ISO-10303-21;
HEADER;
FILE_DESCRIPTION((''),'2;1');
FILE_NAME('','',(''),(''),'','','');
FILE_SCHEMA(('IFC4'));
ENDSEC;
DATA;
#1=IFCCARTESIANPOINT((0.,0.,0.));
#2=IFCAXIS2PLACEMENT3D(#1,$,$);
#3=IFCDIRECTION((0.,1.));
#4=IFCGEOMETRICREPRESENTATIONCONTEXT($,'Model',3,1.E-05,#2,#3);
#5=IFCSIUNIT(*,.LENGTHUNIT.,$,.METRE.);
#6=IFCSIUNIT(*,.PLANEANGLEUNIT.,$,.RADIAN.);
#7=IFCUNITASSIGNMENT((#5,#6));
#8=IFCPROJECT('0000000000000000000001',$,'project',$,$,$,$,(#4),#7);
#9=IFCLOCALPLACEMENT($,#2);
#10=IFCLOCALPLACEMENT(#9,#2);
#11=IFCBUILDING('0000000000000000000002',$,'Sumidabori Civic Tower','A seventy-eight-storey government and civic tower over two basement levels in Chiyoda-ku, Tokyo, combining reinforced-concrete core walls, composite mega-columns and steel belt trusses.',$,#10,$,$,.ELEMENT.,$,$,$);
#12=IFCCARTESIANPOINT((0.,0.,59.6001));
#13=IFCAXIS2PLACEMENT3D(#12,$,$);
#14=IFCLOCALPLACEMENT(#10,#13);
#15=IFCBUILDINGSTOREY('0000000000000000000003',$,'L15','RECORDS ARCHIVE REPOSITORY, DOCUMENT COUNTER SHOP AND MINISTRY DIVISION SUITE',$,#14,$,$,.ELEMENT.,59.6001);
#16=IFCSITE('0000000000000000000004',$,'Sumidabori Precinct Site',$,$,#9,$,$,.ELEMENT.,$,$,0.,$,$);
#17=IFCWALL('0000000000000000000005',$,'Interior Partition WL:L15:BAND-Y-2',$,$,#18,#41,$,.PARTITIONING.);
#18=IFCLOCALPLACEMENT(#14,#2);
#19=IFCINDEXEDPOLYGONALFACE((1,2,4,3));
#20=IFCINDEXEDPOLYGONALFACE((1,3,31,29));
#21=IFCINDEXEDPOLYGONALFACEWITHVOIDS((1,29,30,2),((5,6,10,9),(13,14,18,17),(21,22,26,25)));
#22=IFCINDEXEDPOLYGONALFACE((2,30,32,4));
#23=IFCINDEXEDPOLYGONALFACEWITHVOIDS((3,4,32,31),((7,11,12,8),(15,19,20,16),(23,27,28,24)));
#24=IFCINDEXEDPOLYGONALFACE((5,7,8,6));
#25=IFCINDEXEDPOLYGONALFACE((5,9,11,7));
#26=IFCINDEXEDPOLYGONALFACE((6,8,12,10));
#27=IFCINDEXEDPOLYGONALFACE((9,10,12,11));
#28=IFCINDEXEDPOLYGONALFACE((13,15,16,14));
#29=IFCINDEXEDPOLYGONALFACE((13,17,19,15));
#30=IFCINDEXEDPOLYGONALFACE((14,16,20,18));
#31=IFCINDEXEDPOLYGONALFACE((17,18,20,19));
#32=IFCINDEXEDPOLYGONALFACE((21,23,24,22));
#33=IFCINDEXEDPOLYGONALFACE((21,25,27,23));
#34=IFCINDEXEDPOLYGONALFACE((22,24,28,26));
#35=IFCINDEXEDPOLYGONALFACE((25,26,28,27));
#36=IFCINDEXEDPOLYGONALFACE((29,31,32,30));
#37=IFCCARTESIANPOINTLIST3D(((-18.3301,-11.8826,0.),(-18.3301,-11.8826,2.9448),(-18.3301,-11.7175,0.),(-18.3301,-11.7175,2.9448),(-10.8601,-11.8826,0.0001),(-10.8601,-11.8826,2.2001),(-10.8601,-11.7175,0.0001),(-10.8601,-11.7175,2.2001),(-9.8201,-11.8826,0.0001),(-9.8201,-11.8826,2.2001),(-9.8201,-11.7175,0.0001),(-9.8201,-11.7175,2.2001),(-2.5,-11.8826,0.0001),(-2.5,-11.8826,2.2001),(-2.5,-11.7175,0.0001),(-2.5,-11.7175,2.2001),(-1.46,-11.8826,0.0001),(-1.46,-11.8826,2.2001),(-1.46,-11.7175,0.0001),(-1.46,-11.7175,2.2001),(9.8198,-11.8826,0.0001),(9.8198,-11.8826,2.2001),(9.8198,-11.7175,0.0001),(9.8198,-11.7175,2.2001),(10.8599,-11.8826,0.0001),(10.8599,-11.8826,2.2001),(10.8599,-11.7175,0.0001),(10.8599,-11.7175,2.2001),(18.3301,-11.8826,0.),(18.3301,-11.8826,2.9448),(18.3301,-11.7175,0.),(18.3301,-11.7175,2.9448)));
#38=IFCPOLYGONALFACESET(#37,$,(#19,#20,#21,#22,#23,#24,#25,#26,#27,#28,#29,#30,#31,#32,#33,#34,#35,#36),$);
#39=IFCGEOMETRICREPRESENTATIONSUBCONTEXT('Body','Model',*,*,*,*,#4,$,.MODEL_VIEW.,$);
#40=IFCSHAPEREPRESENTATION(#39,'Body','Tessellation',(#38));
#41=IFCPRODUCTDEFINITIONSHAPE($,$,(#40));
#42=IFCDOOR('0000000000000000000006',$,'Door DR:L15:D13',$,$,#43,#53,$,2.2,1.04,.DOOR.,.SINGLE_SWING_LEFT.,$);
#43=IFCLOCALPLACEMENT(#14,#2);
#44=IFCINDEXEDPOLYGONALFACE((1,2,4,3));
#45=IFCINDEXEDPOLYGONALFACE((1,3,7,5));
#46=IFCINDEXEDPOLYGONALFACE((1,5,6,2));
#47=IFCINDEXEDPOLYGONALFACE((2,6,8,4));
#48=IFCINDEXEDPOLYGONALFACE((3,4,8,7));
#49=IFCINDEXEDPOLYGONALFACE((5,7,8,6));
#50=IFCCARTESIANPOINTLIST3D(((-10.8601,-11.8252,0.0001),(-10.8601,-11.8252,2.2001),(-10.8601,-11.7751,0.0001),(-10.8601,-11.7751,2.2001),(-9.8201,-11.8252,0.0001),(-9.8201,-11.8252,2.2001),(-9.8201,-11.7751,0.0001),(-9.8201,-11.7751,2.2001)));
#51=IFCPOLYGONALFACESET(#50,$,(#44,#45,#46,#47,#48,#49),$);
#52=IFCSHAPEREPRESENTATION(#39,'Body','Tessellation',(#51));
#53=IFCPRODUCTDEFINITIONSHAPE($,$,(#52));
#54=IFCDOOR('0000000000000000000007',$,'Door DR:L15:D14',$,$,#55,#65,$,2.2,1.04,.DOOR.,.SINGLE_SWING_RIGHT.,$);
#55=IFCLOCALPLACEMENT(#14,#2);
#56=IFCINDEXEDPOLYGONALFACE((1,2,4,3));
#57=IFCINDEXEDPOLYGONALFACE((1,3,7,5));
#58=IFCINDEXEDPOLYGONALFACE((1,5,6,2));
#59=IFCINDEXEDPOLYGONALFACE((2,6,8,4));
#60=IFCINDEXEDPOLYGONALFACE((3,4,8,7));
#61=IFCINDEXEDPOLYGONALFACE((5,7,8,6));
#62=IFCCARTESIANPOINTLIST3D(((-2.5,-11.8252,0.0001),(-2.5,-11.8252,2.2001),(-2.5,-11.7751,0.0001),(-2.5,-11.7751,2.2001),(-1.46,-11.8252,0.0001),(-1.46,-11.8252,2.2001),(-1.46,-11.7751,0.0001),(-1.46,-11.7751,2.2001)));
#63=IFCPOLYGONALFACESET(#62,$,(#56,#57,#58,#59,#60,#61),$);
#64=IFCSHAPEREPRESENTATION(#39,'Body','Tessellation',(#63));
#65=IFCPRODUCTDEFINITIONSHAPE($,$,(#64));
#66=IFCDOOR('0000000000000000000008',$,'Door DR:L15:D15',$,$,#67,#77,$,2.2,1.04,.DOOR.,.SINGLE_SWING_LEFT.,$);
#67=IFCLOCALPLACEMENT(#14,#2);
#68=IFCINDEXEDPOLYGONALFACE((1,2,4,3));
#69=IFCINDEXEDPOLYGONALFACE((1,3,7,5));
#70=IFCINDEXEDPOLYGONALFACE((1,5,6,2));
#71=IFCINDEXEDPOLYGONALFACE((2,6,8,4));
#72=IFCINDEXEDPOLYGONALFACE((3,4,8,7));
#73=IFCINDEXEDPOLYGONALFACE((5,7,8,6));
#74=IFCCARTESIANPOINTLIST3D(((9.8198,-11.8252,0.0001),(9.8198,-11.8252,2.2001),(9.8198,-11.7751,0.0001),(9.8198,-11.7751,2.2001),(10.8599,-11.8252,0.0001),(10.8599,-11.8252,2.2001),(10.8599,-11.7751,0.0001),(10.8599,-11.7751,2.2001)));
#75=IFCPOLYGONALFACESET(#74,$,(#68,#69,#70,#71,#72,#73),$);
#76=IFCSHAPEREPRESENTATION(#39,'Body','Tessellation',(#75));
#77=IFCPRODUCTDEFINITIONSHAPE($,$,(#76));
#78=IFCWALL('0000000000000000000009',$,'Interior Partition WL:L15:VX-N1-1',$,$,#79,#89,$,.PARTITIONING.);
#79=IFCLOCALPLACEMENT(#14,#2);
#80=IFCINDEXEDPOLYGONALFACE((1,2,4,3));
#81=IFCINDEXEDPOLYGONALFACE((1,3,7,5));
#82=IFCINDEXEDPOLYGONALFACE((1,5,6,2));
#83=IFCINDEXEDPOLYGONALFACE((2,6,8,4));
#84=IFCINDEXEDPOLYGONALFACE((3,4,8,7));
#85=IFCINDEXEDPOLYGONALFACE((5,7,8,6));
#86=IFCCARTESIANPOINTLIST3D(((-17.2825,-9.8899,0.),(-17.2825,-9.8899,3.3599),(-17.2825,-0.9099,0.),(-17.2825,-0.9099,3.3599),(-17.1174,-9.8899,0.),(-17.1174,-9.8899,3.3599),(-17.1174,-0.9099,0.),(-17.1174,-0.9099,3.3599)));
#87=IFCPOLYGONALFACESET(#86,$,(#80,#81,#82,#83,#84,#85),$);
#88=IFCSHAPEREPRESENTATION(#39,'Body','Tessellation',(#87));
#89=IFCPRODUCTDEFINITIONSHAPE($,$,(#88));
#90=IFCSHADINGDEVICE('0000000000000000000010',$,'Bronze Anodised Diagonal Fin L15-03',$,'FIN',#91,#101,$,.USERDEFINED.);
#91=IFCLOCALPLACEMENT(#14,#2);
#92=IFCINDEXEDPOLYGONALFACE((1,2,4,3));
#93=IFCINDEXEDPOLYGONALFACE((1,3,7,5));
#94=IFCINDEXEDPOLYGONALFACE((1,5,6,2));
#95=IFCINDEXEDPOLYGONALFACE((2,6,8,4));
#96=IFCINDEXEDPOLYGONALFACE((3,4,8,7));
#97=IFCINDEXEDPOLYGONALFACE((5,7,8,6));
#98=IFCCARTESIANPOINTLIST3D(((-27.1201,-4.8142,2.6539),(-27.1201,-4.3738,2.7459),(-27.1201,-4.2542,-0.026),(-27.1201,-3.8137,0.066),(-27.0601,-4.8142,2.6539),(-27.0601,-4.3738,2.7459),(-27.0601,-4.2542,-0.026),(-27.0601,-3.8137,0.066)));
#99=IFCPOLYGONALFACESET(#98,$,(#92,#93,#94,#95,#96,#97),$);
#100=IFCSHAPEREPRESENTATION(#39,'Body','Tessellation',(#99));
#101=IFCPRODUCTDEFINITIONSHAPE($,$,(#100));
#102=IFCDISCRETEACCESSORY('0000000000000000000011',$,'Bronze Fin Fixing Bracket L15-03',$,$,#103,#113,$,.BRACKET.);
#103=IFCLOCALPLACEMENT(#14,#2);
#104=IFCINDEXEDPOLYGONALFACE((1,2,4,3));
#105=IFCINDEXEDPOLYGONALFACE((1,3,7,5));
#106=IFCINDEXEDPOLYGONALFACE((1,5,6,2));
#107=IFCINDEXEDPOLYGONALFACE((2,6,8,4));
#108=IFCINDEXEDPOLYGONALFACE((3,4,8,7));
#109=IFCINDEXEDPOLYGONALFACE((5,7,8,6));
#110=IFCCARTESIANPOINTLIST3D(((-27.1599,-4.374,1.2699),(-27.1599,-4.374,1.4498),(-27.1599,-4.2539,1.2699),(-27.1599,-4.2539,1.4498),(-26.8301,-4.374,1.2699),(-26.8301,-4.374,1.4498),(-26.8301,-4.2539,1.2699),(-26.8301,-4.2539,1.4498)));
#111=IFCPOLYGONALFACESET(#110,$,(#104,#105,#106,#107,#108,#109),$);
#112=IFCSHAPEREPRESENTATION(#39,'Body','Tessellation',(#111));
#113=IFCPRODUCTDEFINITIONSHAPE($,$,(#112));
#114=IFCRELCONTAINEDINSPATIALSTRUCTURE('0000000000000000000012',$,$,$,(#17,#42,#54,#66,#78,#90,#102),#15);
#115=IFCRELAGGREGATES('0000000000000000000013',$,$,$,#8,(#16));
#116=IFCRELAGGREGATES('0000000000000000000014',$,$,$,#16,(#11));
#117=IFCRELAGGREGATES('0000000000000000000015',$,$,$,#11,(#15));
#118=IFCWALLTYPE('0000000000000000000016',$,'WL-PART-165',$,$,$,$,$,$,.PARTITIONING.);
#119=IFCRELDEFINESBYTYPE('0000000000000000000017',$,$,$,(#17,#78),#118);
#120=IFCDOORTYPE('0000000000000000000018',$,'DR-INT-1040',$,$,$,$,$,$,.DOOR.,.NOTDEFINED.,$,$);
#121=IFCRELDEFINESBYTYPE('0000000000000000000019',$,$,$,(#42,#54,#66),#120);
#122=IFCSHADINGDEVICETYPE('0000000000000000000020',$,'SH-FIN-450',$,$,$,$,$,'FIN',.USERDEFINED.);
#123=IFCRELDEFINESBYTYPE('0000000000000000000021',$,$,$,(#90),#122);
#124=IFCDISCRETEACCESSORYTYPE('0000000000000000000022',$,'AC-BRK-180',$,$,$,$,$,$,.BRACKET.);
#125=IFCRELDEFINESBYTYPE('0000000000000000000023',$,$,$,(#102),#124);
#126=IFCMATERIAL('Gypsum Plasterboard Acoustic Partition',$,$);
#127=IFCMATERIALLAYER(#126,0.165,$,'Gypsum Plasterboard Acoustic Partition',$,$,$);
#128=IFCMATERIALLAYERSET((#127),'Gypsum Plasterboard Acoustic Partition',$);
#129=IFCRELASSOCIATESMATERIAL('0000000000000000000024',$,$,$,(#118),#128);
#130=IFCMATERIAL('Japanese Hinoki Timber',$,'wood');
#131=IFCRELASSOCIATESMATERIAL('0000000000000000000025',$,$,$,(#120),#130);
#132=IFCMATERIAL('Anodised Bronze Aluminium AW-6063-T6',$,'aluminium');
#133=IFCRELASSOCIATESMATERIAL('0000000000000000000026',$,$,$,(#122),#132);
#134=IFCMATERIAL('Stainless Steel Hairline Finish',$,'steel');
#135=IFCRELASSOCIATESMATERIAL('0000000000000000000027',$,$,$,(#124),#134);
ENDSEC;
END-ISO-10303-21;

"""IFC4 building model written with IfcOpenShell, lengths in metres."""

from ifc_helpers import new_model, si_unit, direction, frame, frame_2d, origin, origin_2d, place, context, subcontext, project, spatial, rectangle, extrude, source, transform, mapped, material, layer, layer_set, material_profile, profile_set, type_object, element, fill, save


model = new_model("IFC4")

# Units and contexts
model_context = context("Model", 3, precision=1e-05, world=origin(), true_north=direction((0.0, 1.0)))
body_context = subcontext(model_context, "Body", "Model", "MODEL_VIEW")
ifc_project = project(units=[si_unit("LENGTHUNIT", "METRE"), si_unit("PLANEANGLEUNIT", "RADIAN")], contexts=[model_context])

# Site, building, storey
site_placement = place(None, origin())
site = spatial("IfcSite", under=ifc_project, at=site_placement, Name="Sumidabori Precinct Site", CompositionType="ELEMENT", RefElevation=0.0)
building_placement = place(site_placement, origin())
building = spatial("IfcBuilding", under=site, at=building_placement, Name="Sumidabori Civic Tower", Description="A seventy-eight-storey government and civic tower over two basement levels in Chiyoda-ku, Tokyo, combining reinforced-concrete core walls, composite mega-columns and steel belt trusses.", CompositionType="ELEMENT")
storey_placement = place(building_placement, frame((0.0, 0.0, 59.6001)))
storey = spatial("IfcBuildingStorey", under=building, at=storey_placement, Name="L15", Description="RECORDS ARCHIVE REPOSITORY, DOCUMENT COUNTER SHOP AND MINISTRY DIVISION SUITE", CompositionType="ELEMENT", Elevation=59.6001)

# Shared definitions
ifc_material_1 = material(Name="Anodised Bronze Aluminium AW-6063-T6", Category="aluminium")

# Shared definitions
ifc_material_2 = material(Name="Gypsum Plasterboard Acoustic Partition")
ifc_layer_1 = layer(ifc_material_2, 0.165, Name="Gypsum Plasterboard Acoustic Partition")
ifc_layer_set_1 = layer_set([ifc_layer_1], Name="Gypsum Plasterboard Acoustic Partition")
wall_type = type_object("IfcWallType", Name="WL-PART-165", PredefinedType="PARTITIONING", material=ifc_layer_set_1)

# Wall, openings, doors
shared_shape_1 = source(origin(), body_context, "Body", "SweptSolid", [
    extrude(rectangle(XDim=36.6602, YDim=0.165, at=frame_2d((18.3301, 0.0))), origin(), (0.0, 0.0, 1.0), 2.9448),
])
wall_1_placement = place(storey_placement, frame((-18.3301, -11.8, 0.0), z_axis=(0.0, 0.0, 1.0), x_axis=(1.0, 0.0, 0.0)))
wall_1 = element("IfcWall", 1, at=wall_1_placement, inside=storey, type_object=wall_type, Name="Interior Partition WL:L15:BAND-Y-2", PredefinedType="PARTITIONING", context=body_context, shape_type="MappedRepresentation", body=[
    mapped(shared_shape_1, transform((0.0, 0.0, 0.0), x_axis=(1.0, 0.0, 0.0), y_axis=(0.0, 1.0, 0.0), z_axis=(0.0, 0.0, 1.0), scale=1.0)),
])
opening_1_placement = place(wall_1_placement, frame((7.47, 0.0, 0.0)))
opening_1 = element("IfcOpeningElement", 2, at=opening_1_placement, cuts=wall_1, PredefinedType="OPENING", context=body_context, shape_type="SweptSolid", body=[
    extrude(rectangle(XDim=1.04, YDim=2.2, at=frame_2d((0.52, 1.1001))), frame((0.0, 0.0945, 0.0), z_axis=(0.0, -1.0, 0.0), x_axis=(1.0, 0.0, 0.0)), (0.0, 0.0, 1.0), 0.189),
])
opening_2_placement = place(wall_1_placement, frame((15.8301, 0.0, 0.0)))
opening_2 = element("IfcOpeningElement", 3, at=opening_2_placement, cuts=wall_1, PredefinedType="OPENING", context=body_context, shape_type="SweptSolid", body=[
    extrude(rectangle(XDim=1.04, YDim=2.2, at=frame_2d((0.52, 1.1001))), frame((0.0, 0.0945, 0.0), z_axis=(0.0, -1.0, 0.0), x_axis=(1.0, 0.0, 0.0)), (0.0, 0.0, 1.0), 0.189),
])
opening_3_placement = place(wall_1_placement, frame((28.1499, 0.0, 0.0)))
opening_3 = element("IfcOpeningElement", 4, at=opening_3_placement, cuts=wall_1, PredefinedType="OPENING", context=body_context, shape_type="SweptSolid", body=[
    extrude(rectangle(XDim=1.04, YDim=2.2, at=frame_2d((0.52, 1.1001))), frame((0.0, 0.0945, 0.0), z_axis=(0.0, -1.0, 0.0), x_axis=(1.0, 0.0, 0.0)), (0.0, 0.0, 1.0), 0.189),
])
ifc_material_3 = material(Name="Japanese Hinoki Timber", Category="wood")
door_type = type_object("IfcDoorType", Name="DR-INT-1040", OperationType="NOTDEFINED", PredefinedType="DOOR", material=ifc_material_3)
shared_shape_2 = source(origin(), body_context, "Body", "SweptSolid", [
    extrude(rectangle(XDim=1.04, YDim=2.2, at=frame_2d((0.52, 1.1001))), frame((0.0, 0.0249, 0.0), z_axis=(0.0, -1.0, 0.0), x_axis=(1.0, 0.0, 0.0)), (0.0, 0.0, 1.0), 0.05),
])
door_1_placement = place(opening_1_placement, origin())
door_1 = element("IfcDoor", 5, at=door_1_placement, inside=storey, type_object=door_type, Name="Door DR:L15:D13", OperationType="SINGLE_SWING_LEFT", OverallHeight=2.2, OverallWidth=1.04, PredefinedType="DOOR", context=body_context, shape_type="MappedRepresentation", body=[
    mapped(shared_shape_2, transform((0.0, 0.0, 0.0), x_axis=(1.0, 0.0, 0.0), y_axis=(0.0, 1.0, 0.0), z_axis=(0.0, 0.0, 1.0), scale=1.0)),
])
fill(opening_1, door_1)
door_2_placement = place(opening_2_placement, origin())
door_2 = element("IfcDoor", 6, at=door_2_placement, inside=storey, type_object=door_type, Name="Door DR:L15:D14", OperationType="SINGLE_SWING_RIGHT", OverallHeight=2.2, OverallWidth=1.04, PredefinedType="DOOR", context=body_context, shape_type="MappedRepresentation", body=[
    mapped(shared_shape_2, transform((0.0, 0.0, 0.0), x_axis=(1.0, 0.0, 0.0), y_axis=(0.0, 1.0, 0.0), z_axis=(0.0, 0.0, 1.0), scale=1.0)),
])
fill(opening_2, door_2)
door_3_placement = place(opening_3_placement, origin())
door_3 = element("IfcDoor", 7, at=door_3_placement, inside=storey, type_object=door_type, Name="Door DR:L15:D15", OperationType="SINGLE_SWING_LEFT", OverallHeight=2.2, OverallWidth=1.04, PredefinedType="DOOR", context=body_context, shape_type="MappedRepresentation", body=[
    mapped(shared_shape_2, transform((0.0, 0.0, 0.0), x_axis=(1.0, 0.0, 0.0), y_axis=(0.0, 1.0, 0.0), z_axis=(0.0, 0.0, 1.0), scale=1.0)),
])
fill(opening_3, door_3)

# Wall
shared_shape_3 = source(origin(), body_context, "Body", "SweptSolid", [
    extrude(rectangle(XDim=8.98, YDim=0.165, at=frame_2d((4.49, 0.0))), origin(), (0.0, 0.0, 1.0), 3.3599),
])
wall_2_placement = place(storey_placement, frame((-17.2, -9.8899, 0.0), z_axis=(0.0, 0.0, 1.0), x_axis=(0.0, 1.0, 0.0)))
element("IfcWall", 8, at=wall_2_placement, inside=storey, type_object=wall_type, Name="Interior Partition WL:L15:VX-N1-1", PredefinedType="PARTITIONING", context=body_context, shape_type="MappedRepresentation", body=[
    mapped(shared_shape_3, transform((0.0, 0.0, 0.0), x_axis=(1.0, 0.0, 0.0), y_axis=(0.0, 1.0, 0.0), z_axis=(0.0, 0.0, 1.0), scale=1.0)),
])

# Shading device
ifc_material_profile_1 = material_profile(ifc_material_1, rectangle(XDim=0.0601, YDim=0.45, at=origin_2d()), Name="BRONZE FIN 450x60")
ifc_profile_set_1 = profile_set([ifc_material_profile_1], Name="Anodised Bronze Aluminium AW-6063-T6")
shading_device_type = type_object("IfcShadingDeviceType", Name="SH-FIN-450", ElementType="FIN", PredefinedType="USERDEFINED", material=ifc_profile_set_1)
shared_shape_4 = source(origin(), body_context, "Body", "SweptSolid", [
    extrude(rectangle(XDim=0.0601, YDim=0.45, at=origin_2d()), origin(), (0.0, 0.0, 1.0), 2.7378),
])
shading_device_placement = place(storey_placement, frame((-27.0901, -4.0339, 0.02), z_axis=(0.0, -0.204563, 0.978853), x_axis=(-1.0, 0.0, 0.0)))
element("IfcShadingDevice", 9, at=shading_device_placement, inside=storey, type_object=shading_device_type, Name="Bronze Anodised Diagonal Fin L15-03", ObjectType="FIN", PredefinedType="USERDEFINED", context=body_context, shape_type="MappedRepresentation", body=[
    mapped(shared_shape_4, transform((0.0, 0.0, 0.0), x_axis=(1.0, 0.0, 0.0), y_axis=(0.0, 1.0, 0.0), z_axis=(0.0, 0.0, 1.0), scale=1.0)),
])

# Discrete accessory
ifc_material_4 = material(Name="Stainless Steel Hairline Finish", Category="steel")
ifc_material_profile_2 = material_profile(ifc_material_4, rectangle(XDim=0.1201, YDim=0.1799, at=origin_2d()), Name="STEEL BRACKET 180x120")
ifc_profile_set_2 = profile_set([ifc_material_profile_2], Name="Stainless Steel Hairline Finish")
discrete_accessory_type = type_object("IfcDiscreteAccessoryType", Name="AC-BRK-180", PredefinedType="BRACKET", material=ifc_profile_set_2)
shared_shape_5 = source(origin(), body_context, "Body", "SweptSolid", [
    extrude(rectangle(XDim=0.1201, YDim=0.1799, at=origin_2d()), origin(), (0.0, 0.0, 1.0), 0.3298),
])
discrete_accessory_placement = place(storey_placement, frame((-26.8301, -4.314, 1.3599), z_axis=(-1.0, 0.0, 0.0), x_axis=(0.0, -1.0, 0.0)))
element("IfcDiscreteAccessory", 10, at=discrete_accessory_placement, inside=storey, type_object=discrete_accessory_type, Name="Bronze Fin Fixing Bracket L15-03", PredefinedType="BRACKET", context=body_context, shape_type="MappedRepresentation", body=[
    mapped(shared_shape_5, transform((0.0, 0.0, 0.0), x_axis=(1.0, 0.0, 0.0), y_axis=(0.0, 1.0, 0.0), z_axis=(0.0, 0.0, 1.0), scale=1.0)),
])

save(model, "model.ifc")
